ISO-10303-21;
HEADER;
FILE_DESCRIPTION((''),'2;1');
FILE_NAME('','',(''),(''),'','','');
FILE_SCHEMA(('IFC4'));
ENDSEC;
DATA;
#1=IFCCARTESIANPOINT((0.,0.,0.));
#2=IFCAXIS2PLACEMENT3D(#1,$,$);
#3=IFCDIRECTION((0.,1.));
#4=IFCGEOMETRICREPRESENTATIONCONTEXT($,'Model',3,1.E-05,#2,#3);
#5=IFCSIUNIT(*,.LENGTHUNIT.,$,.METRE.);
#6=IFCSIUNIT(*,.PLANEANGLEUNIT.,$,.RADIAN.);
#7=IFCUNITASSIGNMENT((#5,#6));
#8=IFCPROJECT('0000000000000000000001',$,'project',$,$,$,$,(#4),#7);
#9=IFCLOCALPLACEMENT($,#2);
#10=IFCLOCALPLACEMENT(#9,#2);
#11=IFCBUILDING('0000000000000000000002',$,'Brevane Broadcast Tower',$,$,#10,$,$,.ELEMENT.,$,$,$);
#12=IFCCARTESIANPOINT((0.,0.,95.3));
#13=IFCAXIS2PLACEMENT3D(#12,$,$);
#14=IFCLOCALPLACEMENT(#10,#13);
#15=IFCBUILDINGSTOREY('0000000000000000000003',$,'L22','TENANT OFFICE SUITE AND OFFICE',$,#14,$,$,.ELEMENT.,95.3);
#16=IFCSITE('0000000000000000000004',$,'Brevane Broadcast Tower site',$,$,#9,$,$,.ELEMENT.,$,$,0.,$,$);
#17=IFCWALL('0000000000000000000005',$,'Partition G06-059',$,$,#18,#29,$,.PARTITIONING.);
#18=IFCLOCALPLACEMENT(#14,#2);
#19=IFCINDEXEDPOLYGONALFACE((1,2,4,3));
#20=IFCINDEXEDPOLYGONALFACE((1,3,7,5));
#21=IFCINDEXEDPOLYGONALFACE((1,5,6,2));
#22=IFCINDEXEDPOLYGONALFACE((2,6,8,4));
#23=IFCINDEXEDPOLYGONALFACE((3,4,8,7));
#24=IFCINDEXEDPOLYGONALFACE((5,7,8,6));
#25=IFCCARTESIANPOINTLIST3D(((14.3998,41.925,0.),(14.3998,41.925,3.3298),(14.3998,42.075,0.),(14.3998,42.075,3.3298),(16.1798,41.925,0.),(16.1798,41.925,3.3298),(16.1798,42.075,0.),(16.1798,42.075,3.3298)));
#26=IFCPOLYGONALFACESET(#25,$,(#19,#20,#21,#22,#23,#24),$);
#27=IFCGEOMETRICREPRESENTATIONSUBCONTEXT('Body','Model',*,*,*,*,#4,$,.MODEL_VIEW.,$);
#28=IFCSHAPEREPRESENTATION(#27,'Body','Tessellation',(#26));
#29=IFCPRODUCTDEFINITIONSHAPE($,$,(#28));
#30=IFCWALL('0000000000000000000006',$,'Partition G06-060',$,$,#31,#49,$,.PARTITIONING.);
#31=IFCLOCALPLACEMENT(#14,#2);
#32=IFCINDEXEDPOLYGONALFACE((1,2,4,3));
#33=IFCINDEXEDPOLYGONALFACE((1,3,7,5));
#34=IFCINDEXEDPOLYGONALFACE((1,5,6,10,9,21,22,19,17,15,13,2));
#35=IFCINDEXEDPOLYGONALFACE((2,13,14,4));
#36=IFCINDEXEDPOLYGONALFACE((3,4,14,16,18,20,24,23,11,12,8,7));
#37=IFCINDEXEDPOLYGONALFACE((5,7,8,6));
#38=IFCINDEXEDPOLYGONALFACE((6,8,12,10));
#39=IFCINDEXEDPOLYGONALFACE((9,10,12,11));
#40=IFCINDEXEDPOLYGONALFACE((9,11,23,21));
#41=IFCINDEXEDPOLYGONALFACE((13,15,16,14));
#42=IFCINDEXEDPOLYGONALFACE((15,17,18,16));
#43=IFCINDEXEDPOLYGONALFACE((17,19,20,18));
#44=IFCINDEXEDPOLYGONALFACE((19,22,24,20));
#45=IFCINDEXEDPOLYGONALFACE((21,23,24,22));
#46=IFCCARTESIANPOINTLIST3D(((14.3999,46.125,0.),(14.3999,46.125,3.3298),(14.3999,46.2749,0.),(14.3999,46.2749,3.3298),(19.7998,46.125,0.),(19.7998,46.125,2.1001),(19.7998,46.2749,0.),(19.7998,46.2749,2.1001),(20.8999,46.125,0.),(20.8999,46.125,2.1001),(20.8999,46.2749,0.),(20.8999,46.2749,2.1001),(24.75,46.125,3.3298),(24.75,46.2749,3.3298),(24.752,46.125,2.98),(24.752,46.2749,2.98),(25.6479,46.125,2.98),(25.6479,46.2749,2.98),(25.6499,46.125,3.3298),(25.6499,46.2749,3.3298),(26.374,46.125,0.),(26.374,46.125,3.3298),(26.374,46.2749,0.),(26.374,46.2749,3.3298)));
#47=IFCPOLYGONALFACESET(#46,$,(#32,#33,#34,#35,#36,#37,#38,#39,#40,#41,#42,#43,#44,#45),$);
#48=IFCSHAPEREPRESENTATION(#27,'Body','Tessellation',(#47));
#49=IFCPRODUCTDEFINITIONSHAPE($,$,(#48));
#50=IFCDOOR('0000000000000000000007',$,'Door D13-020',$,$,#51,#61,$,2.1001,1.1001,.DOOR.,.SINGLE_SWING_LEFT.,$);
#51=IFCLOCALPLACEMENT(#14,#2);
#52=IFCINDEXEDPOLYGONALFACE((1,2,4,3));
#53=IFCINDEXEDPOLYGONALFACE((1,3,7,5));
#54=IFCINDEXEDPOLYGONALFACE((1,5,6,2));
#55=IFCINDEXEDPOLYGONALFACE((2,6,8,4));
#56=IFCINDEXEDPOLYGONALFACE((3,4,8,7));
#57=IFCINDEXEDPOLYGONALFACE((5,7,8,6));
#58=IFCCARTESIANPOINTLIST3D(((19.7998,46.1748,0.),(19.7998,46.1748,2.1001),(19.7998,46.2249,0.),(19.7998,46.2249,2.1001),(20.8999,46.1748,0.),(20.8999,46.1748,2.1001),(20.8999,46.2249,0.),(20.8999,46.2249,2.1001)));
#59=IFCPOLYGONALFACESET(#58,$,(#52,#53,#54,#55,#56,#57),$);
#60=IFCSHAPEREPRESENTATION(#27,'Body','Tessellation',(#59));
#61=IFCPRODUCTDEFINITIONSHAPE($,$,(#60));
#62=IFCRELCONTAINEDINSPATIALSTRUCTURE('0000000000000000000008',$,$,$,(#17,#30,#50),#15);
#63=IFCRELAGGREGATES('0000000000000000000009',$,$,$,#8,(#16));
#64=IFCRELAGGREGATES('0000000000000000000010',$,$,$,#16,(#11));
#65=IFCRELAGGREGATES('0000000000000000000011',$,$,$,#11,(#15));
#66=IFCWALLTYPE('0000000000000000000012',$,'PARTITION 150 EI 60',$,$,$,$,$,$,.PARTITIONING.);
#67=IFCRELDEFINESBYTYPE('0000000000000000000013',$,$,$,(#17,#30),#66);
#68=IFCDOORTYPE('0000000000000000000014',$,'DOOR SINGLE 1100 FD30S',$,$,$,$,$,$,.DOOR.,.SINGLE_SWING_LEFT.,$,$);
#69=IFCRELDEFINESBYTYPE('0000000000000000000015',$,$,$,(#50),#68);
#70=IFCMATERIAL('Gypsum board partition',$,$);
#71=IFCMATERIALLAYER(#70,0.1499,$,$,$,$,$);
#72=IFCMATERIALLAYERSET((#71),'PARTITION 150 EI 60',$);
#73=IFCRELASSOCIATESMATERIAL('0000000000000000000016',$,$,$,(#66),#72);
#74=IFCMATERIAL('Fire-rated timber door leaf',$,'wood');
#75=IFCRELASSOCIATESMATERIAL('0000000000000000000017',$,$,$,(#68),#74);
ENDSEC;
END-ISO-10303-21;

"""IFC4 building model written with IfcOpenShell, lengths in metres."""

from ifc_helpers import new_model, si_unit, direction, frame, frame_2d, origin, place, context, subcontext, project, spatial, polyline, rectangle, outline, extrude, material, layer, layer_set, type_object, element, fill, save


model = new_model("IFC4")

# Units and contexts
model_context = context("Model", 3, precision=1e-05, world=origin(), true_north=direction((0.0, 1.0)))
body_context = subcontext(model_context, "Body", "Model", "MODEL_VIEW")
ifc_project = project(units=[si_unit("LENGTHUNIT", "METRE"), si_unit("PLANEANGLEUNIT", "RADIAN")], contexts=[model_context])

# Site, building, storey
site_placement = place(None, origin())
site = spatial("IfcSite", under=ifc_project, at=site_placement, Name="Brevane Broadcast Tower site", CompositionType="ELEMENT", RefElevation=0.0)
building_placement = place(site_placement, origin())
building = spatial("IfcBuilding", under=site, at=building_placement, Name="Brevane Broadcast Tower", CompositionType="ELEMENT")
storey_placement = place(building_placement, frame((0.0, 0.0, 95.3)))
storey = spatial("IfcBuildingStorey", under=building, at=storey_placement, Name="L22", Description="TENANT OFFICE SUITE AND OFFICE", CompositionType="ELEMENT", Elevation=95.3)

# Shared definitions
ifc_material_1 = material(Name="Gypsum board partition")
ifc_layer_1 = layer(ifc_material_1, 0.1499)
ifc_layer_set_1 = layer_set([ifc_layer_1], Name="PARTITION 150 EI 60")
wall_type_1 = type_object("IfcWallType", Name="PARTITION 150 EI 60", PredefinedType="PARTITIONING", material=ifc_layer_set_1)

# Shared definitions
ifc_material_2 = material(Name="Fire-rated timber door leaf", Category="wood")
door_type_1 = type_object("IfcDoorType", Name="DOOR SINGLE 1100 FD30S", OperationType="SINGLE_SWING_LEFT", PredefinedType="DOOR", material=ifc_material_2)

# Wall
wall_1_placement = place(storey_placement, frame((16.1799, 42.0, 0.0), z_axis=(0.0, 0.0, 1.0), x_axis=(-1.0, 0.0, 0.0)))
element("IfcWall", 1, at=wall_1_placement, inside=storey, type_object=wall_type_1, Name="Partition G06-059", PredefinedType="PARTITIONING", context=body_context, shape_type="SweptSolid", body=[
    extrude(rectangle(XDim=1.78, YDim=0.1499, at=frame_2d((0.8901, 0.0))), origin(), (0.0, 0.0, 1.0), 3.3298),
])

# Wall, opening, door
wall_2_placement = place(storey_placement, frame((14.3999, 46.2, 0.0), z_axis=(0.0, 0.0, 1.0), x_axis=(1.0, 0.0, 0.0)))
wall_2 = element("IfcWall", 2, at=wall_2_placement, inside=storey, type_object=wall_type_1, Name="Partition G06-060", PredefinedType="PARTITIONING", context=body_context, shape_type="SweptSolid", body=[
    extrude(outline(polyline([(0.0, 0.0), (11.9741, 0.0), (11.9741, 3.3298), (11.8999, 3.3298), (11.25, 3.3298), (11.248, 2.98), (10.3521, 2.98), (10.3501, 3.3298), (0.0, 3.3298), (0.0, 0.0)])), frame((0.0, 0.075, 0.0), z_axis=(0.0, -1.0, 0.0), x_axis=(1.0, 0.0, 0.0)), (0.0, 0.0, 1.0), 0.1499),
])
opening_1_placement = place(wall_2_placement, frame((5.3999, 0.0, 0.0)))
opening_1 = element("IfcOpeningElement", 3, at=opening_1_placement, cuts=wall_2, PredefinedType="OPENING", context=body_context, shape_type="SweptSolid", body=[
    extrude(rectangle(XDim=1.1001, YDim=2.1001, at=frame_2d((0.55, 1.05))), frame((0.0, 0.085, 0.0), z_axis=(0.0, -1.0, 0.0), x_axis=(1.0, 0.0, 0.0)), (0.0, 0.0, 1.0), 0.1699),
])
door_1_placement = place(opening_1_placement, origin())
door_1 = element("IfcDoor", 4, at=door_1_placement, inside=storey, type_object=door_type_1, Name="Door D13-020", OperationType="SINGLE_SWING_LEFT", OverallHeight=2.1001, OverallWidth=1.1001, PredefinedType="DOOR", context=body_context, shape_type="SweptSolid", body=[
    extrude(rectangle(XDim=1.1001, YDim=2.1001, at=frame_2d((0.55, 1.05))), frame((0.0, 0.0249, 0.0), z_axis=(0.0, -1.0, 0.0), x_axis=(1.0, 0.0, 0.0)), (0.0, 0.0, 1.0), 0.05),
])
fill(opening_1, door_1)

save(model, "model.ifc")
